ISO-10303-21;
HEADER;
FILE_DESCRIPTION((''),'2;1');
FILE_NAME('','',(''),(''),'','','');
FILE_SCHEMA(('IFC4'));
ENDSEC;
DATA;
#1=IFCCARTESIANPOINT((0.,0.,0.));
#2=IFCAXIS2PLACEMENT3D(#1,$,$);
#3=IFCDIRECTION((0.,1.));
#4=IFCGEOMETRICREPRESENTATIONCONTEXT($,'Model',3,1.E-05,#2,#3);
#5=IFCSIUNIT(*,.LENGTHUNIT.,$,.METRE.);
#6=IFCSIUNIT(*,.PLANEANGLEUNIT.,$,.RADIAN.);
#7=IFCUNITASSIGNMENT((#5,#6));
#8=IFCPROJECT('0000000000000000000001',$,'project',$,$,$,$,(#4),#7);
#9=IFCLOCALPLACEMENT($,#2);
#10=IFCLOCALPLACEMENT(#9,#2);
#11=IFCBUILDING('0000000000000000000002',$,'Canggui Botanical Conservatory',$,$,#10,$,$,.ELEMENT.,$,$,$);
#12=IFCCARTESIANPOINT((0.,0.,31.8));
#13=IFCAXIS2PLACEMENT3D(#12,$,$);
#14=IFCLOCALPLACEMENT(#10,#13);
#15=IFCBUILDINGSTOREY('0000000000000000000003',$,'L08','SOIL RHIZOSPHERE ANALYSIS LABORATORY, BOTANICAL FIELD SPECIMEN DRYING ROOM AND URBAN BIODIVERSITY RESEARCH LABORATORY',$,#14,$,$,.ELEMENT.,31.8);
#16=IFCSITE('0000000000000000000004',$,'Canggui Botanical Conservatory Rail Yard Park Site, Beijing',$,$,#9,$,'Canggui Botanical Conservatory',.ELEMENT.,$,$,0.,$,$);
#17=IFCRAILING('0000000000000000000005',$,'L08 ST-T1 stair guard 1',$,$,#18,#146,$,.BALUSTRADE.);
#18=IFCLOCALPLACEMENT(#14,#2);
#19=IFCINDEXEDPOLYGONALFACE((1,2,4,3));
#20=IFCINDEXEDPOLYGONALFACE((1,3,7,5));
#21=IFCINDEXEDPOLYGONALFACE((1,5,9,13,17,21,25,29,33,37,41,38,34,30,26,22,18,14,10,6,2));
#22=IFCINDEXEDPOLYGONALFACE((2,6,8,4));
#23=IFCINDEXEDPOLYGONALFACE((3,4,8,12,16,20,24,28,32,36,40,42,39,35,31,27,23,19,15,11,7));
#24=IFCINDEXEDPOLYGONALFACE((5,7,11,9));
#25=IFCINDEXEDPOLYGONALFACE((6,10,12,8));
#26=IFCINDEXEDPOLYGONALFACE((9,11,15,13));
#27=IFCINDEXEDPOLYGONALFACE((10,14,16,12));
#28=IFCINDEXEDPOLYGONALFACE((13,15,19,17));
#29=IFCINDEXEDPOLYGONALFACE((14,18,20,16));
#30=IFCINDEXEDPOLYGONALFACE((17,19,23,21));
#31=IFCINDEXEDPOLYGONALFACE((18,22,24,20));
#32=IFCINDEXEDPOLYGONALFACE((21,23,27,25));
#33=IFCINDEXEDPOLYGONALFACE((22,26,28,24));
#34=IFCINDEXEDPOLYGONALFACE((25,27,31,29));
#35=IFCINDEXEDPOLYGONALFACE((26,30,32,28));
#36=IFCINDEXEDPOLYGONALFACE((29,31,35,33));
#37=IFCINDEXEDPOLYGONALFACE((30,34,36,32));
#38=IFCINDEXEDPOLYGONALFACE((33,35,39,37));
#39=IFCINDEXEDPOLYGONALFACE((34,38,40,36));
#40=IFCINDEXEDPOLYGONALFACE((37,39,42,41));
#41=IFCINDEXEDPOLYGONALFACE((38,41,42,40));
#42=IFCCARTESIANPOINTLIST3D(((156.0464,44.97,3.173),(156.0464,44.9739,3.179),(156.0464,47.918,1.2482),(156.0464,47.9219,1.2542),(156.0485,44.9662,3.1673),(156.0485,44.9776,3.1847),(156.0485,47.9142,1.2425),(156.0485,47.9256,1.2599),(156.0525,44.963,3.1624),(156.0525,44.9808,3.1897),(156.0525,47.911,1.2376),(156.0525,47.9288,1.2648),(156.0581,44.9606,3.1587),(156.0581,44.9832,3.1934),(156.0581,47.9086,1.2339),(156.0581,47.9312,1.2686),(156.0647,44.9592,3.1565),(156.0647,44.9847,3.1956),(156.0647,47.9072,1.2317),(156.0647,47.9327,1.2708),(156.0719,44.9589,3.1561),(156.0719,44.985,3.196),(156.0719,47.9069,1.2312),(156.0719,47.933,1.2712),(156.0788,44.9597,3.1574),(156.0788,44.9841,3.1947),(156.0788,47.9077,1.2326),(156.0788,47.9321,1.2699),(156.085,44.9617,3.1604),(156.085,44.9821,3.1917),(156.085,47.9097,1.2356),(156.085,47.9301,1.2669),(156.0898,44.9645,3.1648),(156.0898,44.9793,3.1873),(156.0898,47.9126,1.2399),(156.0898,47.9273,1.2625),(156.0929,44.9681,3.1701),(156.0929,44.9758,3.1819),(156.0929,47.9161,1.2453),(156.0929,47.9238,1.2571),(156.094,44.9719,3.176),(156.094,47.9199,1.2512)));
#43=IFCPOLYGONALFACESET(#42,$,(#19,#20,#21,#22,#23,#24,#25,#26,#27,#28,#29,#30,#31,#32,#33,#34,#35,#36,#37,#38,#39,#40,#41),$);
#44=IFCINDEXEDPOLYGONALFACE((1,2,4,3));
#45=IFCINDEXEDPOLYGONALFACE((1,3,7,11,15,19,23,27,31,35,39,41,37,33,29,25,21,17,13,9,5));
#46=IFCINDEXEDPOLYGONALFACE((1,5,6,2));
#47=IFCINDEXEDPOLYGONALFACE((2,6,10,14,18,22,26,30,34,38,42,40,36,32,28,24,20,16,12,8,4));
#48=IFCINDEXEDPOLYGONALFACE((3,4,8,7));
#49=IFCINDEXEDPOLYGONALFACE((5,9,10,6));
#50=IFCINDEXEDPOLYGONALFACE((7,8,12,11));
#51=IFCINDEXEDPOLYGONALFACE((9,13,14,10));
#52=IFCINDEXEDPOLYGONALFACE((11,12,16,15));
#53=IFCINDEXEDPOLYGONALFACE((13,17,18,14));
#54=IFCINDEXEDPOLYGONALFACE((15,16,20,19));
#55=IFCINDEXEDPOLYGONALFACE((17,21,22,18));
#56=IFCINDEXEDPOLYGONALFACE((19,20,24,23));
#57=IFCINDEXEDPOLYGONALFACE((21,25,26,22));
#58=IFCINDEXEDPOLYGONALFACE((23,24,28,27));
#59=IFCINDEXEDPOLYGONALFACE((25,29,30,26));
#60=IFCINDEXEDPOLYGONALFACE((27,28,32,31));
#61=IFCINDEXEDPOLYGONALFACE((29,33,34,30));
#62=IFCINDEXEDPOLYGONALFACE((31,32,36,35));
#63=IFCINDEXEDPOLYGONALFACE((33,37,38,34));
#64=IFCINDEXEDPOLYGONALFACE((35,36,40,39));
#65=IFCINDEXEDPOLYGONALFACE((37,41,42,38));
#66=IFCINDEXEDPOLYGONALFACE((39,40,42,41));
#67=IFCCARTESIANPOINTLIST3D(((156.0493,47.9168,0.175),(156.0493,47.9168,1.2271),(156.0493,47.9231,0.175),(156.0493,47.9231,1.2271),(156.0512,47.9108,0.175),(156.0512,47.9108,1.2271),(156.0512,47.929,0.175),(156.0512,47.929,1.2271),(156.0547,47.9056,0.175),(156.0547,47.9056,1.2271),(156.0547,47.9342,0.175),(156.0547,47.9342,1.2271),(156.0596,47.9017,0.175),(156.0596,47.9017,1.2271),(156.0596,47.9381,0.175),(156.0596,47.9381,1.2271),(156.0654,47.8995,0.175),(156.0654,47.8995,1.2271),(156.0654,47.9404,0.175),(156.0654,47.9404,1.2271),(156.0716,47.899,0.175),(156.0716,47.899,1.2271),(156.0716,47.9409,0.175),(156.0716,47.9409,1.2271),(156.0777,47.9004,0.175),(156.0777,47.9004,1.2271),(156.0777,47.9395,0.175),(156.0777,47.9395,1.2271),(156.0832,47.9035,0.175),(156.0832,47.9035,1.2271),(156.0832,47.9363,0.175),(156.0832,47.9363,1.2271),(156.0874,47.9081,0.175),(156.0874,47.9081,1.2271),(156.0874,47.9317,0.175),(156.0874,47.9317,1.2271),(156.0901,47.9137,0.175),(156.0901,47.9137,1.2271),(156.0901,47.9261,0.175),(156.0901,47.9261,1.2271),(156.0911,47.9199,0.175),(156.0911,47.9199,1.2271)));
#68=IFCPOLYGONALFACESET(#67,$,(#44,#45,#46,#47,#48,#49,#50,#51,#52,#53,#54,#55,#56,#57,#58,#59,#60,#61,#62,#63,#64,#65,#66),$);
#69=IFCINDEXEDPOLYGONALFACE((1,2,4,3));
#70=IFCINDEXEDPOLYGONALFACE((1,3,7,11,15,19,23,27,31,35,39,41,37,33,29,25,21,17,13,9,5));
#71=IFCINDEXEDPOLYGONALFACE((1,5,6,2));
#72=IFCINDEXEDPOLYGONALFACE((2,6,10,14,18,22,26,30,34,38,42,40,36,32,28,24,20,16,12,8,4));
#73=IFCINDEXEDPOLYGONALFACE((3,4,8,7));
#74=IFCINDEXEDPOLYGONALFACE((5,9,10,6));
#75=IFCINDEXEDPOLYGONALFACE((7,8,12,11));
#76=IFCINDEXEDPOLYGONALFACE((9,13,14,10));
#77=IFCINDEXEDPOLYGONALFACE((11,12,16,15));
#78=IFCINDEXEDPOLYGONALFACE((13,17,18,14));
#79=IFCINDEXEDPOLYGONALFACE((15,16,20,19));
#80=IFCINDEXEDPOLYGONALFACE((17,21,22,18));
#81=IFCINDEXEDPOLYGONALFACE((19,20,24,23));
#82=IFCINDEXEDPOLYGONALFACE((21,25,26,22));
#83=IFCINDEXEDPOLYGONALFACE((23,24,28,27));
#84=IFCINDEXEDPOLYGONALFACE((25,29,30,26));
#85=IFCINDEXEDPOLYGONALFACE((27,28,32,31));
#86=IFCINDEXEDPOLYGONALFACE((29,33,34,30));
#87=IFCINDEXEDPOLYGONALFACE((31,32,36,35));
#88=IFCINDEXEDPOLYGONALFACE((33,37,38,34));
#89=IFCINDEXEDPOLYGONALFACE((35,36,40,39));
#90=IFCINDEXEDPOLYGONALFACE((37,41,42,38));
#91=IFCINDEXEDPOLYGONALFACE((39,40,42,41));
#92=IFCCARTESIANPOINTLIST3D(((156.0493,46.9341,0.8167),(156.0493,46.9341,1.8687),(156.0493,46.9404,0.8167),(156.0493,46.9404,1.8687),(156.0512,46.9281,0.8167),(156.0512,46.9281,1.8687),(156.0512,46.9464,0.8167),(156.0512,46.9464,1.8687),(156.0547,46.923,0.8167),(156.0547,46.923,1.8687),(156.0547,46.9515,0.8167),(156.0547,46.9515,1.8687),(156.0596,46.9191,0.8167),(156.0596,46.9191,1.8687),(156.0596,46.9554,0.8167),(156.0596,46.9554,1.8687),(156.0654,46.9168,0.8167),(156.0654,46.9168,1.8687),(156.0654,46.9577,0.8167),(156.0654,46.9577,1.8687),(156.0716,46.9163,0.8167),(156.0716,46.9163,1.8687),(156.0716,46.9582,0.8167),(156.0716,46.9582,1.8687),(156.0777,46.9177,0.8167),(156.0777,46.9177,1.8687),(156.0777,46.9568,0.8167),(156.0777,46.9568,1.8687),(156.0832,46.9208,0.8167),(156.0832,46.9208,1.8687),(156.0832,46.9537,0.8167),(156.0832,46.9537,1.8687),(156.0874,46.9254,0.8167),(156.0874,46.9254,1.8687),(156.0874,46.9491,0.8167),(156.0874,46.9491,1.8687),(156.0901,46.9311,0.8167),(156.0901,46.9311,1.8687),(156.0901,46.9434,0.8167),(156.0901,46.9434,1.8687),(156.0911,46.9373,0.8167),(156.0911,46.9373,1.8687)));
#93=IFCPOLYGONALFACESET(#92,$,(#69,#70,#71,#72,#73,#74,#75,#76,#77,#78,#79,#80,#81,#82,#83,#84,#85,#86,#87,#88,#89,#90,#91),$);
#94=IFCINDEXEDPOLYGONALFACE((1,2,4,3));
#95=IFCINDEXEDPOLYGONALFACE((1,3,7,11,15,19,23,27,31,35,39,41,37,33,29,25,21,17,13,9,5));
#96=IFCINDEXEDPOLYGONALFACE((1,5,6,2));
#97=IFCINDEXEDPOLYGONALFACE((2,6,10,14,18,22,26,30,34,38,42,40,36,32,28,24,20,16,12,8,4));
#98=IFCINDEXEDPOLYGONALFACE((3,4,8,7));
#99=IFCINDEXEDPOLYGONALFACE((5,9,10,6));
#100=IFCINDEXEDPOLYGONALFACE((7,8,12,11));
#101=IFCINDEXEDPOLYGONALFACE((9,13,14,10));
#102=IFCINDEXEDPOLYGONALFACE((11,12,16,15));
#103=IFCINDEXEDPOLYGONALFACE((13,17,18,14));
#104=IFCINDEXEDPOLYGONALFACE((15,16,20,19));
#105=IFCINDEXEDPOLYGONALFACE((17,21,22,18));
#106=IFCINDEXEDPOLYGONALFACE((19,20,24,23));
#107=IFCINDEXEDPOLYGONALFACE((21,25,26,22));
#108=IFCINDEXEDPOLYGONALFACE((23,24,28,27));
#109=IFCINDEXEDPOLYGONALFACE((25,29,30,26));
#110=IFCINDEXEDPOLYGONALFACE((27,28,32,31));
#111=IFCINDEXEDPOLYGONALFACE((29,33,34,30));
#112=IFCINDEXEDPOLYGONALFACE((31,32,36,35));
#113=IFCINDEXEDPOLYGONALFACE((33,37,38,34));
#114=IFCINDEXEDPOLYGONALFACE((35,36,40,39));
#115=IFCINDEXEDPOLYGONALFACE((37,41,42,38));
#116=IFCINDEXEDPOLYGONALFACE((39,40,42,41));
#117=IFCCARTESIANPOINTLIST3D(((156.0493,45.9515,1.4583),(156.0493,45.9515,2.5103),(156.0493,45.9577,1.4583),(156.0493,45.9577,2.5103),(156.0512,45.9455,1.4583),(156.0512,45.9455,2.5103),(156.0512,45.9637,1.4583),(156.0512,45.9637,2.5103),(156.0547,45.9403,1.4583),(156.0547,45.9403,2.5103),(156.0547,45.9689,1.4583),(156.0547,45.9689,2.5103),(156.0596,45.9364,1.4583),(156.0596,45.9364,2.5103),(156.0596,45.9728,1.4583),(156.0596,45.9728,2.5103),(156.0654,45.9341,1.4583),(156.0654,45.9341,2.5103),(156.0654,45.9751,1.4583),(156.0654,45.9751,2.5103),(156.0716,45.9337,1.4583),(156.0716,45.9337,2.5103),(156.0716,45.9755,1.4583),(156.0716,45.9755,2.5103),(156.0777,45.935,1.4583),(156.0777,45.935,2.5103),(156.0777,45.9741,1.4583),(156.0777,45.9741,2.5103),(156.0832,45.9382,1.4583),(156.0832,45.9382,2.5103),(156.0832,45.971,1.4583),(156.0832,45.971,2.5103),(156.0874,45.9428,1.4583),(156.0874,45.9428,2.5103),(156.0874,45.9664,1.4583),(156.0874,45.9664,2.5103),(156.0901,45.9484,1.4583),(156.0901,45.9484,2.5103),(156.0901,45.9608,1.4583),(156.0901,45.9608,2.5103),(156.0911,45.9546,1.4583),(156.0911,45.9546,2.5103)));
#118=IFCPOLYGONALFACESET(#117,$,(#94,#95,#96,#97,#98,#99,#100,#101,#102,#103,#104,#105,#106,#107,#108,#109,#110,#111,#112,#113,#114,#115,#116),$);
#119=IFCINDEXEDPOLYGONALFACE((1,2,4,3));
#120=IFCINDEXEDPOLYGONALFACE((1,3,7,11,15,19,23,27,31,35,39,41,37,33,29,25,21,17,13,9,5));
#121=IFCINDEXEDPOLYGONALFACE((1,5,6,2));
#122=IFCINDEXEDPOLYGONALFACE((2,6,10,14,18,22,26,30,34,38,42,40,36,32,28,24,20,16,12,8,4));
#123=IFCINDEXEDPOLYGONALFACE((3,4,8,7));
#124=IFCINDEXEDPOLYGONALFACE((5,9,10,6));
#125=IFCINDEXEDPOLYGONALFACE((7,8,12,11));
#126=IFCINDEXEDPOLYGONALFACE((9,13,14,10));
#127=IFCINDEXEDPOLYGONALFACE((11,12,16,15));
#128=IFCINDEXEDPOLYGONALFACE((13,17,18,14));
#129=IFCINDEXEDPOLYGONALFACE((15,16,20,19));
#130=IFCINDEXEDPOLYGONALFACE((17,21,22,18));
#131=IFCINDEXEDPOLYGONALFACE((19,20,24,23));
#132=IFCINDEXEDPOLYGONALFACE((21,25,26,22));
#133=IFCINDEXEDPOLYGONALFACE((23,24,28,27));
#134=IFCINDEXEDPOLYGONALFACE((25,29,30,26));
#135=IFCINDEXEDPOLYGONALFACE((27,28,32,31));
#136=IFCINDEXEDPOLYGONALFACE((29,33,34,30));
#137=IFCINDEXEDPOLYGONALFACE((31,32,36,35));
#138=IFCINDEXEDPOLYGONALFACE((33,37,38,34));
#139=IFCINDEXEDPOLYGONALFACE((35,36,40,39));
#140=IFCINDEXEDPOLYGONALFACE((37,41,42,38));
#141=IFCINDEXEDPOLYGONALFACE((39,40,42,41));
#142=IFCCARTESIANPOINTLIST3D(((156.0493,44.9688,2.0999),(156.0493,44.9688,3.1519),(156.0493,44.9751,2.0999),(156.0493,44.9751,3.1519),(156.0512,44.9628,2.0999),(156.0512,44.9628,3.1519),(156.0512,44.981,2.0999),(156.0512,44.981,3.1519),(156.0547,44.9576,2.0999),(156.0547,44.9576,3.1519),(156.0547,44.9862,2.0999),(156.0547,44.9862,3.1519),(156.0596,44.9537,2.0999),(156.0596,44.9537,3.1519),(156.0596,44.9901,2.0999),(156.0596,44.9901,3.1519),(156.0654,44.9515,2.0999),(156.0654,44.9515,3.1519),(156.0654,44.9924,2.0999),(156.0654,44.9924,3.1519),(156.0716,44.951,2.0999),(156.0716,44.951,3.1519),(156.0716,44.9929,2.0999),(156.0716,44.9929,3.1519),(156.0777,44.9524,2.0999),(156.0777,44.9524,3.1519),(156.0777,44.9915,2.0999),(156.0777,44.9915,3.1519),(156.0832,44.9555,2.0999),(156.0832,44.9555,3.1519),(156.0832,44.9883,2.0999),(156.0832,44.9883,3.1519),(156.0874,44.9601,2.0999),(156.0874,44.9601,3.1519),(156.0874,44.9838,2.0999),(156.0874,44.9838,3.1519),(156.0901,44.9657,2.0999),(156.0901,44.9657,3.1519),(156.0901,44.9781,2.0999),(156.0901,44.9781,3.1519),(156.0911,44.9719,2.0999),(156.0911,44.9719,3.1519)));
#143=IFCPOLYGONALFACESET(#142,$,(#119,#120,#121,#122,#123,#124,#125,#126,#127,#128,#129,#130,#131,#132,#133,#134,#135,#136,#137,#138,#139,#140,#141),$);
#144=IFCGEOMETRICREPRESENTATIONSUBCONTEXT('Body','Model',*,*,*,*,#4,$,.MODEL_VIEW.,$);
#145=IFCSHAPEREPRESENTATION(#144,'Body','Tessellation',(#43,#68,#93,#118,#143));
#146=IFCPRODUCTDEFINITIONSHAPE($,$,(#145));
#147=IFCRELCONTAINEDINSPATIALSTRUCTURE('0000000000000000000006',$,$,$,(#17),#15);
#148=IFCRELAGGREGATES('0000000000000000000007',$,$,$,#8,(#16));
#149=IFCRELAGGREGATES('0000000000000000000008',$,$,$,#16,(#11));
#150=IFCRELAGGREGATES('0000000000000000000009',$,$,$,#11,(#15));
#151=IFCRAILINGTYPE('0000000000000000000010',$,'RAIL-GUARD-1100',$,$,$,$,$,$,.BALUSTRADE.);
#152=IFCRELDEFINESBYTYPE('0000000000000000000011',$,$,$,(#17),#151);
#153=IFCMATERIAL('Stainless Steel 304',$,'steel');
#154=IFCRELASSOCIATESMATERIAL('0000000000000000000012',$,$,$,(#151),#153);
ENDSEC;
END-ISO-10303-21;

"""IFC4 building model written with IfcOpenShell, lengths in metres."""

from ifc_helpers import new_model, si_unit, direction, frame, origin, origin_2d, place, context, subcontext, project, spatial, circle, extrude, material, type_object, element, save


model = new_model("IFC4")

# Units and contexts
model_context = context("Model", 3, precision=1e-05, world=origin(), true_north=direction((0.0, 1.0)))
body_context = subcontext(model_context, "Body", "Model", "MODEL_VIEW")
ifc_project = project(units=[si_unit("LENGTHUNIT", "METRE"), si_unit("PLANEANGLEUNIT", "RADIAN")], contexts=[model_context])

# Site, building, storey
site_placement = place(None, origin())
site = spatial("IfcSite", under=ifc_project, at=site_placement, Name="Canggui Botanical Conservatory Rail Yard Park Site, Beijing", LongName="Canggui Botanical Conservatory", CompositionType="ELEMENT", RefElevation=0.0)
building_placement = place(site_placement, origin())
building = spatial("IfcBuilding", under=site, at=building_placement, Name="Canggui Botanical Conservatory", CompositionType="ELEMENT")
storey_placement = place(building_placement, frame((0.0, 0.0, 31.8)))
storey = spatial("IfcBuildingStorey", under=building, at=storey_placement, Name="L08", Description="SOIL RHIZOSPHERE ANALYSIS LABORATORY, BOTANICAL FIELD SPECIMEN DRYING ROOM AND URBAN BIODIVERSITY RESEARCH LABORATORY", CompositionType="ELEMENT", Elevation=31.8)

# Shared definitions
ifc_material_1 = material(Name="Stainless Steel 304", Category="steel")

# Railing
railing_type_1 = type_object("IfcRailingType", Name="RAIL-GUARD-1100", PredefinedType="BALUSTRADE", material=ifc_material_1)
railing_1_placement = place(storey_placement, frame((156.0701, 47.9199, 0.175)))
element("IfcRailing", 1, at=railing_1_placement, inside=storey, type_object=railing_type_1, Name="L08 ST-T1 stair guard 1", PredefinedType="BALUSTRADE", context=body_context, shape_type="SweptSolid", body=[
    extrude(circle(Radius=0.0239, at=origin_2d()), frame((0.0, 0.0, 1.0762), z_axis=(0.0, -0.837325, 0.546706), x_axis=(1.0, 0.0, 0.0)), (0.0, 0.0, 1.0), 3.5208),
    extrude(circle(Radius=0.021, at=origin_2d()), origin(), (0.0, 0.0, 1.0), 1.052),
    extrude(circle(Radius=0.021, at=origin_2d()), frame((0.0, -0.9827, 0.6416)), (0.0, 0.0, 1.0), 1.052),
    extrude(circle(Radius=0.021, at=origin_2d()), frame((0.0, -1.9653, 1.2832)), (0.0, 0.0, 1.0), 1.052),
    extrude(circle(Radius=0.021, at=origin_2d()), frame((0.0, -2.948, 1.9248)), (0.0, 0.0, 1.0), 1.052),
])

save(model, "model.ifc")
